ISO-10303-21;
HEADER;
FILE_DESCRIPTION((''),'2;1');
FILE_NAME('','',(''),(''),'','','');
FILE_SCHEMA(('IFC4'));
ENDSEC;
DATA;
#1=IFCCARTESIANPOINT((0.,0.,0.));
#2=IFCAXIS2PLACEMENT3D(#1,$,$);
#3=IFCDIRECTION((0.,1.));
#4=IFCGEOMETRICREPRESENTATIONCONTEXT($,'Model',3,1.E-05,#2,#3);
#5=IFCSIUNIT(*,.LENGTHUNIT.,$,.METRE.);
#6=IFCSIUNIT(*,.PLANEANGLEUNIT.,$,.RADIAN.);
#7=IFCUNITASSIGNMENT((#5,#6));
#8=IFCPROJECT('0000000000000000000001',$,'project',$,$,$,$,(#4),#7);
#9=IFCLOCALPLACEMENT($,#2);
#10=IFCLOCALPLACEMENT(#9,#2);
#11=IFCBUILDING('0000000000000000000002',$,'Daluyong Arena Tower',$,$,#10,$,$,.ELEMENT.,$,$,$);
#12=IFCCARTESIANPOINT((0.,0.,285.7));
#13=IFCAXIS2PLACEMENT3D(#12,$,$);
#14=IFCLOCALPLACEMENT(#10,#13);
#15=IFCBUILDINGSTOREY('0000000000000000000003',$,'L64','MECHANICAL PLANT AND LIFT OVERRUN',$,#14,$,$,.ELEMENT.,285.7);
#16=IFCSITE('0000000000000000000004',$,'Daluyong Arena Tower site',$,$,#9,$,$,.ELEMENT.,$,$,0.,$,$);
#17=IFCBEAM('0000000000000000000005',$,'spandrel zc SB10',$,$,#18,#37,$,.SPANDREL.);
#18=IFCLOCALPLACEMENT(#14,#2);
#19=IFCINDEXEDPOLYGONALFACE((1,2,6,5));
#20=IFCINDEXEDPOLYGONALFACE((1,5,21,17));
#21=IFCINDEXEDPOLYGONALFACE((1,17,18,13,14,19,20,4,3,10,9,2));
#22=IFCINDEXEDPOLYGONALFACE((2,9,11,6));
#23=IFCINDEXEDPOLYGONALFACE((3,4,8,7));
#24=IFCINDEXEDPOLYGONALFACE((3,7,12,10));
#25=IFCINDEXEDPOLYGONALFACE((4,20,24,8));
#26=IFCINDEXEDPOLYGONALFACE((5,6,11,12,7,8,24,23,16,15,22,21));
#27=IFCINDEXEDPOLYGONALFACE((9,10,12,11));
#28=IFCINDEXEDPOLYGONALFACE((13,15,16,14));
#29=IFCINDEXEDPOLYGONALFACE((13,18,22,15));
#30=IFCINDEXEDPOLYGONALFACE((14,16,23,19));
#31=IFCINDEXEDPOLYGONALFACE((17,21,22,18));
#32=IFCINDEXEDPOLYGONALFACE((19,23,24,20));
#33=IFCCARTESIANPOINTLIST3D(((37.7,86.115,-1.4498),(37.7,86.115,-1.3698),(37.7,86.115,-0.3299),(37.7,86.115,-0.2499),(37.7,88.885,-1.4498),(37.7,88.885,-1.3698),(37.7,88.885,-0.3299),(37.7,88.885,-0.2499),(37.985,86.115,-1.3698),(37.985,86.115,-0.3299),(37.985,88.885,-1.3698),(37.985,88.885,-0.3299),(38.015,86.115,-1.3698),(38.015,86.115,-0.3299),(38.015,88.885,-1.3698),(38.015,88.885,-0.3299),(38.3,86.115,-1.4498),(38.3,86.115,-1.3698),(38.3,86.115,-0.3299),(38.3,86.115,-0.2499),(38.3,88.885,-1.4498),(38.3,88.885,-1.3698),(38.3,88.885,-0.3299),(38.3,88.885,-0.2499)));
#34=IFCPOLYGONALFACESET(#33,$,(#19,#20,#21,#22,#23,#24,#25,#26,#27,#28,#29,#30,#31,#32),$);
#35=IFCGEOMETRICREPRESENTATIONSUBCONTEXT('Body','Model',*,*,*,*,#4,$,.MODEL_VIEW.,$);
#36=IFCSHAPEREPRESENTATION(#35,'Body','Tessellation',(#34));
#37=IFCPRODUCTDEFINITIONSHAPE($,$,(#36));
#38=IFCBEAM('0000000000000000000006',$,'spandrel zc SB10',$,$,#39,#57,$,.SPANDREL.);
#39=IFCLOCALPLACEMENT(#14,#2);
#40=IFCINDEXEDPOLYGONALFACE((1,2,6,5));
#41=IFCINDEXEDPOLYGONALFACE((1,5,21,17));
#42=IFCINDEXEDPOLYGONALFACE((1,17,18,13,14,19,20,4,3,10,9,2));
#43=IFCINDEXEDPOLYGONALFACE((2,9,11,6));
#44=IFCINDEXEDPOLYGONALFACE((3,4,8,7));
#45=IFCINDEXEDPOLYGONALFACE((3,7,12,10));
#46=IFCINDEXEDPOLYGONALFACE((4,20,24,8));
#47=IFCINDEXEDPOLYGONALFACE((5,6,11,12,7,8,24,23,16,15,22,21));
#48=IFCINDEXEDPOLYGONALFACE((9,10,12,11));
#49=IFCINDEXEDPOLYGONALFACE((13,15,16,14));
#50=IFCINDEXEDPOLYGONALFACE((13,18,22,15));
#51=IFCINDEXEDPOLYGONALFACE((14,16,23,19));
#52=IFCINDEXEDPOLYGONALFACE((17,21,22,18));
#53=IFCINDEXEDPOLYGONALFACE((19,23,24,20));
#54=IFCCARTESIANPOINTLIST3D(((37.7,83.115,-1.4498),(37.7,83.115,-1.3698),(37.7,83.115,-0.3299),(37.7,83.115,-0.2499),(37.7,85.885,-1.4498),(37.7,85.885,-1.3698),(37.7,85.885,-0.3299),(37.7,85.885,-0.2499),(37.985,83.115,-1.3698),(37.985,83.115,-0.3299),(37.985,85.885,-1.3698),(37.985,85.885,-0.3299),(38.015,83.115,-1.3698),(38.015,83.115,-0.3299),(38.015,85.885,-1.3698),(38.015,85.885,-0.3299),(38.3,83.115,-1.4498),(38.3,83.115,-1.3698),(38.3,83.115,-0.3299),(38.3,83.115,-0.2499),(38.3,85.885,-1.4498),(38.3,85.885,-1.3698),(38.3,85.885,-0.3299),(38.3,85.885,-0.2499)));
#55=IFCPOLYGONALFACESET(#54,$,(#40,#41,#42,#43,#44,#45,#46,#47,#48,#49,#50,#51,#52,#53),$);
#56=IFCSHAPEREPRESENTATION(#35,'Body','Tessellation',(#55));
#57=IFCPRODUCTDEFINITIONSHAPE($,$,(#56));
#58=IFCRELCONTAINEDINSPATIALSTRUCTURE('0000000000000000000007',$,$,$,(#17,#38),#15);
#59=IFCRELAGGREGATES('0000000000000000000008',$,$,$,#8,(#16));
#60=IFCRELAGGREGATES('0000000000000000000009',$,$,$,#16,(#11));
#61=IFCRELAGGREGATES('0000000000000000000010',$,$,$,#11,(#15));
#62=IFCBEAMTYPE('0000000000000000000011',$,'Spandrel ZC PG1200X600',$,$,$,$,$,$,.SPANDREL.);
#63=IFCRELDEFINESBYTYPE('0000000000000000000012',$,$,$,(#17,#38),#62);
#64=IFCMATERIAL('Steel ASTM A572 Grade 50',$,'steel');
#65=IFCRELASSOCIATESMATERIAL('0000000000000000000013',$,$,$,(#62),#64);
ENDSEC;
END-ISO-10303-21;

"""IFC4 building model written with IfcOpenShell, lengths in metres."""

from ifc_helpers import new_model, si_unit, direction, frame, origin, origin_2d, place, context, subcontext, project, spatial, i_section, extrude, material, material_profile, profile_set, type_object, element, save


model = new_model("IFC4")

# Units and contexts
model_context = context("Model", 3, precision=1e-05, world=origin(), true_north=direction((0.0, 1.0)))
body_context = subcontext(model_context, "Body", "Model", "MODEL_VIEW")
ifc_project = project(units=[si_unit("LENGTHUNIT", "METRE"), si_unit("PLANEANGLEUNIT", "RADIAN")], contexts=[model_context])

# Site, building, storey
site_placement = place(None, origin())
site = spatial("IfcSite", under=ifc_project, at=site_placement, Name="Daluyong Arena Tower site", CompositionType="ELEMENT", RefElevation=0.0)
building_placement = place(site_placement, origin())
building = spatial("IfcBuilding", under=site, at=building_placement, Name="Daluyong Arena Tower", CompositionType="ELEMENT")
storey_placement = place(building_placement, frame((0.0, 0.0, 285.7)))
storey = spatial("IfcBuildingStorey", under=building, at=storey_placement, Name="L64", Description="MECHANICAL PLANT AND LIFT OVERRUN", CompositionType="ELEMENT", Elevation=285.7)

# Beams
ifc_material_1 = material(Name="Steel ASTM A572 Grade 50", Category="steel")
ifc_material_profile_1 = material_profile(ifc_material_1, i_section(OverallWidth=0.6001, OverallDepth=1.2, WebThickness=0.03, FlangeThickness=0.08, at=origin_2d()))
ifc_profile_set_1 = profile_set([ifc_material_profile_1], Name="Steel ASTM A572 Grade 50")
beam_type_1 = type_object("IfcBeamType", Name="Spandrel ZC PG1200X600", PredefinedType="SPANDREL", material=ifc_profile_set_1)
for number, where, z_axis, x_axis, name in (
    (1, (38.0, 88.885, -0.8499), (0.0, -1.0, 0.0), (1.0, 0.0, 0.0), "spandrel zc SB10"),
    (2, (38.0, 85.885, -0.8499), (0.0, -1.0, 0.0), (1.0, 0.0, 0.0), "spandrel zc SB10"),
):
    element("IfcBeam", number, at=place(storey_placement, frame(where, z_axis=z_axis, x_axis=x_axis)), inside=storey, type_object=beam_type_1, Name=name, PredefinedType="SPANDREL", context=body_context, shape_type="SweptSolid", body=[
        extrude(i_section(OverallWidth=0.6001, OverallDepth=1.2, WebThickness=0.03, FlangeThickness=0.08, at=origin_2d()), origin(), (0.0, 0.0, 1.0), 2.77),
    ])

save(model, "model.ifc")
